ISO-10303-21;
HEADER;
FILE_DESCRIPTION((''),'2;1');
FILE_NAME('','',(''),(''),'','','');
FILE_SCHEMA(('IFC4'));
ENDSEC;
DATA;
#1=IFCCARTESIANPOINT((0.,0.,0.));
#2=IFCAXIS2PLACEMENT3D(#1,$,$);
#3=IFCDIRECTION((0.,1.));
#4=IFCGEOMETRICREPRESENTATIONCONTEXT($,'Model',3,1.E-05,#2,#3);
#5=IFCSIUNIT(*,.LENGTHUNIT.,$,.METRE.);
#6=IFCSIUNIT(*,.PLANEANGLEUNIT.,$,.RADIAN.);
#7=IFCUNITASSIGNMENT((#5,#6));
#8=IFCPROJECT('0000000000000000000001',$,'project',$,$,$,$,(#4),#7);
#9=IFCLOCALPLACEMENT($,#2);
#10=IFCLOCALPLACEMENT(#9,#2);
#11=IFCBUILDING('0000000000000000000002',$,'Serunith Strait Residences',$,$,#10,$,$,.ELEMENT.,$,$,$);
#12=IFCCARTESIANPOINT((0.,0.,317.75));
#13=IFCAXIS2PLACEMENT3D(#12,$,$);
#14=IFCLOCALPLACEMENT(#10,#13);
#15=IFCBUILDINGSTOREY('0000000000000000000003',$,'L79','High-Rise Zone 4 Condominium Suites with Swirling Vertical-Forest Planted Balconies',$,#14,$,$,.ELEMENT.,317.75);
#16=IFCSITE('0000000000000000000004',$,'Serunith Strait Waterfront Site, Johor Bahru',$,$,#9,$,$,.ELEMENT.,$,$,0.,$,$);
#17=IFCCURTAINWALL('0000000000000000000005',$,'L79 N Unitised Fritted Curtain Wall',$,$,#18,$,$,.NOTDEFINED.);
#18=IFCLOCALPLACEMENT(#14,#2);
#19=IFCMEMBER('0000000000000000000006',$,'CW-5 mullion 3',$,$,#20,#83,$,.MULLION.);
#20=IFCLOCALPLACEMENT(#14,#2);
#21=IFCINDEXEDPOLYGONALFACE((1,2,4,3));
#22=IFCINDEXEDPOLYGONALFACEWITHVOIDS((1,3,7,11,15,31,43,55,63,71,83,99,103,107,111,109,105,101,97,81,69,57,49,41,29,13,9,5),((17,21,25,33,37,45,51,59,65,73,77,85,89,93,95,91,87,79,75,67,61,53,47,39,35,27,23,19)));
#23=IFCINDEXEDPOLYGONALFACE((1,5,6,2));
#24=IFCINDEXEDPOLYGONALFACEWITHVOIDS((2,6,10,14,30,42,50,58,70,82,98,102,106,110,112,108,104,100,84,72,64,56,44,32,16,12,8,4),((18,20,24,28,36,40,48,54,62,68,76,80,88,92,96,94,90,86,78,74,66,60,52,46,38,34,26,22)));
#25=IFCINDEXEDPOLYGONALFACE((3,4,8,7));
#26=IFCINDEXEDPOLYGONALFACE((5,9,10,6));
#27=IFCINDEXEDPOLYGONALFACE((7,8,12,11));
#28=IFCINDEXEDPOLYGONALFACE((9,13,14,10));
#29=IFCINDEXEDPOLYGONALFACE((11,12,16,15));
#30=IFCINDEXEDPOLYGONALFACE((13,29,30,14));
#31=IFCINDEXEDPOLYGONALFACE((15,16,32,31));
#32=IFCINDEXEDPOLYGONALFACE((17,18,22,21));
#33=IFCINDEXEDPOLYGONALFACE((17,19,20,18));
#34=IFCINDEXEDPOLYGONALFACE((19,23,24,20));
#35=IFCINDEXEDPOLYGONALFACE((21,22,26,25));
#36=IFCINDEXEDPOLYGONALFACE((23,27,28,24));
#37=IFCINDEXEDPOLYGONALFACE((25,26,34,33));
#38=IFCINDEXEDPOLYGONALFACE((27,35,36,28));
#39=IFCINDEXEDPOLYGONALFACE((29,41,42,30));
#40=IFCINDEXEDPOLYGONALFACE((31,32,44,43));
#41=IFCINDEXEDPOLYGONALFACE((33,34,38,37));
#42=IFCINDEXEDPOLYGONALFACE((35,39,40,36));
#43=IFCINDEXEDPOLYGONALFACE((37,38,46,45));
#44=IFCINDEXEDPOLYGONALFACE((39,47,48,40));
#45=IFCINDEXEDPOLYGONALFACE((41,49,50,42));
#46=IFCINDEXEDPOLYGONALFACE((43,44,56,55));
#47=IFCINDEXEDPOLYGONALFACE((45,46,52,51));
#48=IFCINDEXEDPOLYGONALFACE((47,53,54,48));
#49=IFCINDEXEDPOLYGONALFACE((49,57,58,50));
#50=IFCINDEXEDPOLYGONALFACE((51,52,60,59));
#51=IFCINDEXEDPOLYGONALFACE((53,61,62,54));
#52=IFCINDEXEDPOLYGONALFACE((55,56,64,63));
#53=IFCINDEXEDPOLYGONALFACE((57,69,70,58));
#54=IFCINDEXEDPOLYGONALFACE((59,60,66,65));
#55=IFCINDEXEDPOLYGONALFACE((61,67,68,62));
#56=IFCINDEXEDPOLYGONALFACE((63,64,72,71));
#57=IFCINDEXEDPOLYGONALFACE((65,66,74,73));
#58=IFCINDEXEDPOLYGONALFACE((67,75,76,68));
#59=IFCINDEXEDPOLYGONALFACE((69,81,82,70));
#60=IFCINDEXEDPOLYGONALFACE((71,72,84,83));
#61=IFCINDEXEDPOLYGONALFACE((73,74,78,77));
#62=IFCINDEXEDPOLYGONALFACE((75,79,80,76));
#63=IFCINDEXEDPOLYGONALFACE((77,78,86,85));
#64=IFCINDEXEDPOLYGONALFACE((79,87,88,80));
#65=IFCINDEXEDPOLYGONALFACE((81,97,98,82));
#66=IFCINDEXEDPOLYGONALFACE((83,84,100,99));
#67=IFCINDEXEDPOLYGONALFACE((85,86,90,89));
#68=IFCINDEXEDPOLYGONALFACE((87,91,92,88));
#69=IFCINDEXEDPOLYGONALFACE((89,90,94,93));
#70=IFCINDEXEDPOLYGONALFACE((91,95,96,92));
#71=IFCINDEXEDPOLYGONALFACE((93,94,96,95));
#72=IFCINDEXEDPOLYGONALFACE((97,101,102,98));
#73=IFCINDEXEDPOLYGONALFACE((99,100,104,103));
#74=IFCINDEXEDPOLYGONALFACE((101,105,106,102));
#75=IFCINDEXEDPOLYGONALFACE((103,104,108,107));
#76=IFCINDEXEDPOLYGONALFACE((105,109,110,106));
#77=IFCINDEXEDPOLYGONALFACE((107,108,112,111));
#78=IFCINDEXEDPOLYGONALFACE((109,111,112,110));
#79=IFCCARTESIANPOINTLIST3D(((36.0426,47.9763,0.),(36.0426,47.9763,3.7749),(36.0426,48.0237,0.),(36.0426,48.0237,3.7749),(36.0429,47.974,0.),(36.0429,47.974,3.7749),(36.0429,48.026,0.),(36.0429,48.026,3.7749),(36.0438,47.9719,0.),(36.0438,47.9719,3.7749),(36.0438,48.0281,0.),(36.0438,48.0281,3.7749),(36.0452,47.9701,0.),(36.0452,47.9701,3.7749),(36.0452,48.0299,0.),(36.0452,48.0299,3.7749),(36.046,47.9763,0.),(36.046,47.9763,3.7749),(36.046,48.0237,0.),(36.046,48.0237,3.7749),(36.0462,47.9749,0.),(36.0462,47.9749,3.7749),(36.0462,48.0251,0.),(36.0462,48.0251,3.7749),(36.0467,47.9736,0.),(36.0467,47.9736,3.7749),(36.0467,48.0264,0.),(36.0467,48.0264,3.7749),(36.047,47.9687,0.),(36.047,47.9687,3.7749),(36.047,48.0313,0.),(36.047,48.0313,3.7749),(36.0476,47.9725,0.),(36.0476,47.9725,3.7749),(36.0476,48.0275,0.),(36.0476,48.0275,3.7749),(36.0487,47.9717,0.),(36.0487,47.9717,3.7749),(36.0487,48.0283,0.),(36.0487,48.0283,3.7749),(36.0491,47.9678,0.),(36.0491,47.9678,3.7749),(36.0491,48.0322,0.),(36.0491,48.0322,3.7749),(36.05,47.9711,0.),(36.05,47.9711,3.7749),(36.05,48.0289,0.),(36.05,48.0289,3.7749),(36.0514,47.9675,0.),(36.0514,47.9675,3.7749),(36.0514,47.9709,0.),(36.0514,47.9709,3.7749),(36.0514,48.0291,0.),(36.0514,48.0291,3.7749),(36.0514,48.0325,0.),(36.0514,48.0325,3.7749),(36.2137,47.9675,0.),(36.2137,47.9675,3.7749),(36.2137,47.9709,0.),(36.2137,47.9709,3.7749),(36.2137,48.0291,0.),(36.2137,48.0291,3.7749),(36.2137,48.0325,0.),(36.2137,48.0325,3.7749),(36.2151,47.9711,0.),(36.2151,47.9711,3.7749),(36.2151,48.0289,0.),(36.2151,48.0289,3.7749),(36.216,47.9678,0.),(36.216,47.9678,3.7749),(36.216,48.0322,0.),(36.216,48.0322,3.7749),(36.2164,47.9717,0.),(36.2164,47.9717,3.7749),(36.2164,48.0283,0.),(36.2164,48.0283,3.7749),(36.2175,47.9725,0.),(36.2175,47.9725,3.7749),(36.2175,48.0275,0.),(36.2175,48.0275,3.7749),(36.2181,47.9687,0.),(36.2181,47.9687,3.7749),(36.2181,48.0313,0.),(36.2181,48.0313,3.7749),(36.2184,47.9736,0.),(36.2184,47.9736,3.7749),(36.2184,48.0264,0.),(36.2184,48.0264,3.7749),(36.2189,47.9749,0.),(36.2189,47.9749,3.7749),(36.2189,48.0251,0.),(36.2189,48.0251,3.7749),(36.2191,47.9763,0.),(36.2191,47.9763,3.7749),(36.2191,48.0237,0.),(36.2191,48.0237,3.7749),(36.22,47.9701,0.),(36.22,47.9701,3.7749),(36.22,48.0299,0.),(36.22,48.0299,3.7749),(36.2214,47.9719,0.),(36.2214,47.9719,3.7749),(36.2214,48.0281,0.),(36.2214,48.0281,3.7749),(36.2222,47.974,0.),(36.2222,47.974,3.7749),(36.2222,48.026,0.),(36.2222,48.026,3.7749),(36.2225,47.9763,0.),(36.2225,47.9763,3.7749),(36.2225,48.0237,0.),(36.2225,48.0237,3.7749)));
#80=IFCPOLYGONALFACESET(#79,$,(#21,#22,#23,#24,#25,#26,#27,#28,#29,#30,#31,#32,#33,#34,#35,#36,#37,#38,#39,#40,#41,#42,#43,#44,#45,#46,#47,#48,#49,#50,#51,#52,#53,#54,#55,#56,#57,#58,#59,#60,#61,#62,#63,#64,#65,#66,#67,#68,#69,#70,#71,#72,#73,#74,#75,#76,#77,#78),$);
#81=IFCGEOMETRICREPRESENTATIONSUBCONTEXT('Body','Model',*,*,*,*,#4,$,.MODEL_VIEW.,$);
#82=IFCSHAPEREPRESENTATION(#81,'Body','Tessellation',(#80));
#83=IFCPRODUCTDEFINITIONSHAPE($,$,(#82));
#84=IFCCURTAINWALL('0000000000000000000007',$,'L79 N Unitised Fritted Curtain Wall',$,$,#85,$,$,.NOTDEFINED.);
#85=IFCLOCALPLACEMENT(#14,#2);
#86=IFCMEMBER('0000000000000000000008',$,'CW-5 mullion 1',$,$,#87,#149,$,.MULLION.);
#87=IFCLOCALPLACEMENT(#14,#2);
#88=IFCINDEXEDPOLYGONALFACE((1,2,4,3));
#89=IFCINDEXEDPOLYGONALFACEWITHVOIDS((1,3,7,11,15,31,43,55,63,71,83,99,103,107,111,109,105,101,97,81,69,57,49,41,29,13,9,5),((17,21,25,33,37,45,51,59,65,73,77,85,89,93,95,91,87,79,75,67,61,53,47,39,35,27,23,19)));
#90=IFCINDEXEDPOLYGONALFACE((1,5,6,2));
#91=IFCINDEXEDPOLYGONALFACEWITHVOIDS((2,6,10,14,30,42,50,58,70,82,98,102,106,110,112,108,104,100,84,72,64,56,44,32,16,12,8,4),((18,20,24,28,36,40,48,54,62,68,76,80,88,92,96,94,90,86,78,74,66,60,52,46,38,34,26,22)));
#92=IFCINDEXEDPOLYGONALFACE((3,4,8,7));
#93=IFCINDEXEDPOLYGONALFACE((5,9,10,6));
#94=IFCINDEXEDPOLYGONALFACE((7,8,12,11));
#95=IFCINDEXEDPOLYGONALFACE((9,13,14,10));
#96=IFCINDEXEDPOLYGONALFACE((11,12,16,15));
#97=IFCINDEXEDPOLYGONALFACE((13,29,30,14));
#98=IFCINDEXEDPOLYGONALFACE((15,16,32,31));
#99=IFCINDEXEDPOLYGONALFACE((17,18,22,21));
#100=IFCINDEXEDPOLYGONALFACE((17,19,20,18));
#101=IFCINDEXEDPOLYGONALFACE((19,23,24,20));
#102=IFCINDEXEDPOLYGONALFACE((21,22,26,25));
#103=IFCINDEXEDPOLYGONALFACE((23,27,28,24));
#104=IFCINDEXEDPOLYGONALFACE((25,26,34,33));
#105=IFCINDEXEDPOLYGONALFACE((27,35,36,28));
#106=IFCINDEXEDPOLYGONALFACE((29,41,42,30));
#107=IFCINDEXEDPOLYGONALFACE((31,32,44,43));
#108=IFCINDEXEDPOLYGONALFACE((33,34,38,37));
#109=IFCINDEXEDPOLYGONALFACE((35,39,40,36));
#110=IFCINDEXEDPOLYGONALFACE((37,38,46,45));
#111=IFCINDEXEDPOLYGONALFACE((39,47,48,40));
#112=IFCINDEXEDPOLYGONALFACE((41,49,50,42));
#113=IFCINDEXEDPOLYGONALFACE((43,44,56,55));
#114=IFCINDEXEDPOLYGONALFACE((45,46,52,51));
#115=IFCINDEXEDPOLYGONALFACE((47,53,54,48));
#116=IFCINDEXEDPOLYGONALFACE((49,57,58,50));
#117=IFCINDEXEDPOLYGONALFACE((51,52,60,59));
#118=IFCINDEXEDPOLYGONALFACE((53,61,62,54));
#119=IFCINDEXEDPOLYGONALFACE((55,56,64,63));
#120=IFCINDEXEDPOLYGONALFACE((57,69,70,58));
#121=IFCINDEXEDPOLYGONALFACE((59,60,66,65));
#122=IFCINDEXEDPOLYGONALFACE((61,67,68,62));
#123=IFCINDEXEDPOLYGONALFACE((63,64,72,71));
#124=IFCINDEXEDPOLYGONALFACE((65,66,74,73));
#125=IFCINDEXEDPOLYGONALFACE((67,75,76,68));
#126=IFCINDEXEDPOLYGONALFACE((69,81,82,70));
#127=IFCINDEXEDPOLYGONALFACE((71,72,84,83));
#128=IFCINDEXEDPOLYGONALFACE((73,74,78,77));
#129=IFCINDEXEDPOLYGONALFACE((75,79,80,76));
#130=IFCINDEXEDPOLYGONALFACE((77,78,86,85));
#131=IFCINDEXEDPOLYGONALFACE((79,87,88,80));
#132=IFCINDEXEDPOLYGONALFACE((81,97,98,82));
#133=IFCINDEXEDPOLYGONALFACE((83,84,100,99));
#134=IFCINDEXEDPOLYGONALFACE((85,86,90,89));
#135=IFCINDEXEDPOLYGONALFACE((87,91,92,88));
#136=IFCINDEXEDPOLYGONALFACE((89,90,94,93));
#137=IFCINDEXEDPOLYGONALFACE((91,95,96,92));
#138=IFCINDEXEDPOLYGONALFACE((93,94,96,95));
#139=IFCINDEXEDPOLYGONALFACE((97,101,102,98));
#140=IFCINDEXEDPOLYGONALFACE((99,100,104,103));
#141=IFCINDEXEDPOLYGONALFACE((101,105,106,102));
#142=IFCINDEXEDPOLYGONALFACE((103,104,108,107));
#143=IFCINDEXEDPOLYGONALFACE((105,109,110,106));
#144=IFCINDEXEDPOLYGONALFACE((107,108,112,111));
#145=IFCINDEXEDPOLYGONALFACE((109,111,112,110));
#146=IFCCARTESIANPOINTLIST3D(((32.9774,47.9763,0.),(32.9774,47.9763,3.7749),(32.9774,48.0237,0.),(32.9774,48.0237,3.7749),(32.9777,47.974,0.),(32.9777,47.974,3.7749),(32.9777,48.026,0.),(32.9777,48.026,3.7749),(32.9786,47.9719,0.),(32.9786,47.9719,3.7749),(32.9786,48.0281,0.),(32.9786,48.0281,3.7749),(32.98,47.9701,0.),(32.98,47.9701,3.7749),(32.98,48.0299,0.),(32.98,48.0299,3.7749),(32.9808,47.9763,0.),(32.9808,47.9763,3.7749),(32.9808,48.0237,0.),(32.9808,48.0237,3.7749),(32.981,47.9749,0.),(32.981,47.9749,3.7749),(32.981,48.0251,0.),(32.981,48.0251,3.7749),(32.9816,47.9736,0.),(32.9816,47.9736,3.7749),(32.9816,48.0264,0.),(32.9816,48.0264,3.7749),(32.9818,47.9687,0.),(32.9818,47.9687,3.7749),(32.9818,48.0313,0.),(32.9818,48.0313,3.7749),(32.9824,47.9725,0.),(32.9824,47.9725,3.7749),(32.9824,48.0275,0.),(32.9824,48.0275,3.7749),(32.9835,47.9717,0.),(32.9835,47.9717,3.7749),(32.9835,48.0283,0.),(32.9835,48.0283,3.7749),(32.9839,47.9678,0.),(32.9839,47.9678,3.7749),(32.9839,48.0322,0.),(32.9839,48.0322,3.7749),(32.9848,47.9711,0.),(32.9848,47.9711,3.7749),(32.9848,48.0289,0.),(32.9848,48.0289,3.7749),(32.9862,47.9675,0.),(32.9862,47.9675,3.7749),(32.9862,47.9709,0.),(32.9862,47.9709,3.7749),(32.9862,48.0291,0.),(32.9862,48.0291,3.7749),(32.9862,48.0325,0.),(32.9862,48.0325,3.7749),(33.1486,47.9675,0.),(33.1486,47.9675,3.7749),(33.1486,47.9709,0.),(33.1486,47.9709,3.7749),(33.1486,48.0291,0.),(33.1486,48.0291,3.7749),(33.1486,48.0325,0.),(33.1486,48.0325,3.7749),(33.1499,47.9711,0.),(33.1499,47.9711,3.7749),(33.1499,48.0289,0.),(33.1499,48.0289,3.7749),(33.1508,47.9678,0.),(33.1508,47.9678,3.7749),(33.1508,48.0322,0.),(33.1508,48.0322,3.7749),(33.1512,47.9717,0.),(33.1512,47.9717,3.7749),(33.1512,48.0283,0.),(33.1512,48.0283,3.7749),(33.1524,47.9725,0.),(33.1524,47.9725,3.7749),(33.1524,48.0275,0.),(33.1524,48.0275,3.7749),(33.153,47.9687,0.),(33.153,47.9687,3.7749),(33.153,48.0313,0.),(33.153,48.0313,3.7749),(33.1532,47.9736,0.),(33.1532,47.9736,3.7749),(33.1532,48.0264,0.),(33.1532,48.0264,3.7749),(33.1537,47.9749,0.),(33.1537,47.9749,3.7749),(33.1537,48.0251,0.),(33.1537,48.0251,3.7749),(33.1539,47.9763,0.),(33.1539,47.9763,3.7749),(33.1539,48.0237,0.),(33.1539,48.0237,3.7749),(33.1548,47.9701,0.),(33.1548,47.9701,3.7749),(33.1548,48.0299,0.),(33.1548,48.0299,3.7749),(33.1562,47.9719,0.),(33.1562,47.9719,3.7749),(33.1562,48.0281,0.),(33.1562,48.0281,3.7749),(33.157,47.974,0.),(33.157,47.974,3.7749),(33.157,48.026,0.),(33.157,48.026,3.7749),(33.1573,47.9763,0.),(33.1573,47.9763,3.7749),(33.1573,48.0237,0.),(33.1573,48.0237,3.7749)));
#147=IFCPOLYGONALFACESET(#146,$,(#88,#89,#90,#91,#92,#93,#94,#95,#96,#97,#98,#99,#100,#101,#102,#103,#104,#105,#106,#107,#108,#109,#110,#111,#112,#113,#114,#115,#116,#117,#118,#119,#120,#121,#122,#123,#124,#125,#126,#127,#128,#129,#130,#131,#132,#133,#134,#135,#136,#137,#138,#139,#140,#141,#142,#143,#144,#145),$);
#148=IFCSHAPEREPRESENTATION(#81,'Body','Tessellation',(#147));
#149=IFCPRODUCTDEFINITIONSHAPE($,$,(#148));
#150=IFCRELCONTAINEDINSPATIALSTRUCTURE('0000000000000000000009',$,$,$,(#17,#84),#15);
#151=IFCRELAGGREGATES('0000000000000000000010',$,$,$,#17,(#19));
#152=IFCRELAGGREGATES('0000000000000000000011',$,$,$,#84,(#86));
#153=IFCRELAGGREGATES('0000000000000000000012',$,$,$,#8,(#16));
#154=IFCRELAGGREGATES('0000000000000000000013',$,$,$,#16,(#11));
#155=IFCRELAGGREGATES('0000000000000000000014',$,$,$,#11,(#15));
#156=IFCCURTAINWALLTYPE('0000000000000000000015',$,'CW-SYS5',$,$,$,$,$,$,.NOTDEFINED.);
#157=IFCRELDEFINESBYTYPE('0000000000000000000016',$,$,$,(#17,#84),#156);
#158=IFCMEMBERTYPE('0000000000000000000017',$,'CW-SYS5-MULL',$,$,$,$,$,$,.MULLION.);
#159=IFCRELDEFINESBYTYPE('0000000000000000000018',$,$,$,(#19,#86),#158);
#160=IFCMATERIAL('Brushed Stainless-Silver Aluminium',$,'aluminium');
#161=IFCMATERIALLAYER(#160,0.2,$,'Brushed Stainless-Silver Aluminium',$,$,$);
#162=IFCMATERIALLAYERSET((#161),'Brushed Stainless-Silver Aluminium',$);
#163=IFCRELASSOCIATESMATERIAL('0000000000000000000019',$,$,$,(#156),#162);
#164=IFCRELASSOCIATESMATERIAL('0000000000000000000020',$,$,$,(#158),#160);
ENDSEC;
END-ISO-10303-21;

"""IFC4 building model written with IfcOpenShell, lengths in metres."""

from ifc_helpers import new_model, si_unit, direction, frame, origin, origin_2d, place, context, subcontext, project, spatial, hollow_rectangle, extrude, source, transform, mapped, material, layer, layer_set, material_profile, profile_set, type_object, element, aggregate, save


model = new_model("IFC4")

# Units and contexts
model_context = context("Model", 3, precision=1e-05, world=origin(), true_north=direction((0.0, 1.0)))
body_context = subcontext(model_context, "Body", "Model", "MODEL_VIEW")
ifc_project = project(units=[si_unit("LENGTHUNIT", "METRE"), si_unit("PLANEANGLEUNIT", "RADIAN")], contexts=[model_context])

# Site, building, storey
site_placement = place(None, origin())
site = spatial("IfcSite", under=ifc_project, at=site_placement, Name="Serunith Strait Waterfront Site, Johor Bahru", CompositionType="ELEMENT", RefElevation=0.0)
building_placement = place(site_placement, origin())
building = spatial("IfcBuilding", under=site, at=building_placement, Name="Serunith Strait Residences", CompositionType="ELEMENT")
storey_placement = place(building_placement, frame((0.0, 0.0, 317.75)))
storey = spatial("IfcBuildingStorey", under=building, at=storey_placement, Name="L79", Description="High-Rise Zone 4 Condominium Suites with Swirling Vertical-Forest Planted Balconies", CompositionType="ELEMENT", Elevation=317.75)

# Curtain walls, members
ifc_material_1 = material(Name="Brushed Stainless-Silver Aluminium", Category="aluminium")
ifc_layer_1 = layer(ifc_material_1, 0.2, Name="Brushed Stainless-Silver Aluminium")
ifc_layer_set_1 = layer_set([ifc_layer_1], Name="Brushed Stainless-Silver Aluminium")
curtain_wall_type = type_object("IfcCurtainWallType", Name="CW-SYS5", PredefinedType="NOTDEFINED", material=ifc_layer_set_1)
curtain_wall_1_placement = place(storey_placement, origin())
curtain_wall_1 = element("IfcCurtainWall", 1, at=curtain_wall_1_placement, inside=storey, type_object=curtain_wall_type, Name="L79 N Unitised Fritted Curtain Wall", PredefinedType="NOTDEFINED")
ifc_material_profile_1 = material_profile(ifc_material_1, hollow_rectangle(XDim=0.0649, YDim=0.1799, WallThickness=0.0034, InnerFilletRadius=0.0054, OuterFilletRadius=0.0088, at=origin_2d()), Name="ALU 180x65x3.5")
ifc_profile_set_1 = profile_set([ifc_material_profile_1], Name="Brushed Stainless-Silver Aluminium")
member_type_1 = type_object("IfcMemberType", Name="CW-SYS5-MULL", PredefinedType="MULLION", material=ifc_profile_set_1)
shared_shape_1 = source(origin(), body_context, "Body", "SweptSolid", [
    extrude(hollow_rectangle(XDim=0.0649, YDim=0.1799, WallThickness=0.0034, InnerFilletRadius=0.0054, OuterFilletRadius=0.0088, at=origin_2d()), origin(), (0.0, 0.0, 1.0), 3.7749),
])
member_1_placement = place(storey_placement, frame((36.1326, 48.0, 0.0), z_axis=(0.0, 0.0, 1.0), x_axis=(0.0, -1.0, 0.0)))
member_1 = element("IfcMember", 2, at=member_1_placement, type_object=member_type_1, Name="CW-5 mullion 3", PredefinedType="MULLION", context=body_context, shape_type="MappedRepresentation", body=[
    mapped(shared_shape_1, transform((0.0, 0.0, 0.0), scale=1.0)),
])
curtain_wall_2_placement = place(storey_placement, origin())
curtain_wall_2 = element("IfcCurtainWall", 3, at=curtain_wall_2_placement, inside=storey, type_object=curtain_wall_type, Name="L79 N Unitised Fritted Curtain Wall", PredefinedType="NOTDEFINED")
member_2_placement = place(storey_placement, frame((33.0674, 48.0, 0.0), z_axis=(0.0, 0.0, 1.0), x_axis=(0.0, -1.0, 0.0)))
member_2 = element("IfcMember", 4, at=member_2_placement, type_object=member_type_1, Name="CW-5 mullion 1", PredefinedType="MULLION", context=body_context, shape_type="MappedRepresentation", body=[
    mapped(shared_shape_1, transform((0.0, 0.0, 0.0), scale=1.0)),
])

aggregate(curtain_wall_1, [member_1])
aggregate(curtain_wall_2, [member_2])

save(model, "model.ifc")
